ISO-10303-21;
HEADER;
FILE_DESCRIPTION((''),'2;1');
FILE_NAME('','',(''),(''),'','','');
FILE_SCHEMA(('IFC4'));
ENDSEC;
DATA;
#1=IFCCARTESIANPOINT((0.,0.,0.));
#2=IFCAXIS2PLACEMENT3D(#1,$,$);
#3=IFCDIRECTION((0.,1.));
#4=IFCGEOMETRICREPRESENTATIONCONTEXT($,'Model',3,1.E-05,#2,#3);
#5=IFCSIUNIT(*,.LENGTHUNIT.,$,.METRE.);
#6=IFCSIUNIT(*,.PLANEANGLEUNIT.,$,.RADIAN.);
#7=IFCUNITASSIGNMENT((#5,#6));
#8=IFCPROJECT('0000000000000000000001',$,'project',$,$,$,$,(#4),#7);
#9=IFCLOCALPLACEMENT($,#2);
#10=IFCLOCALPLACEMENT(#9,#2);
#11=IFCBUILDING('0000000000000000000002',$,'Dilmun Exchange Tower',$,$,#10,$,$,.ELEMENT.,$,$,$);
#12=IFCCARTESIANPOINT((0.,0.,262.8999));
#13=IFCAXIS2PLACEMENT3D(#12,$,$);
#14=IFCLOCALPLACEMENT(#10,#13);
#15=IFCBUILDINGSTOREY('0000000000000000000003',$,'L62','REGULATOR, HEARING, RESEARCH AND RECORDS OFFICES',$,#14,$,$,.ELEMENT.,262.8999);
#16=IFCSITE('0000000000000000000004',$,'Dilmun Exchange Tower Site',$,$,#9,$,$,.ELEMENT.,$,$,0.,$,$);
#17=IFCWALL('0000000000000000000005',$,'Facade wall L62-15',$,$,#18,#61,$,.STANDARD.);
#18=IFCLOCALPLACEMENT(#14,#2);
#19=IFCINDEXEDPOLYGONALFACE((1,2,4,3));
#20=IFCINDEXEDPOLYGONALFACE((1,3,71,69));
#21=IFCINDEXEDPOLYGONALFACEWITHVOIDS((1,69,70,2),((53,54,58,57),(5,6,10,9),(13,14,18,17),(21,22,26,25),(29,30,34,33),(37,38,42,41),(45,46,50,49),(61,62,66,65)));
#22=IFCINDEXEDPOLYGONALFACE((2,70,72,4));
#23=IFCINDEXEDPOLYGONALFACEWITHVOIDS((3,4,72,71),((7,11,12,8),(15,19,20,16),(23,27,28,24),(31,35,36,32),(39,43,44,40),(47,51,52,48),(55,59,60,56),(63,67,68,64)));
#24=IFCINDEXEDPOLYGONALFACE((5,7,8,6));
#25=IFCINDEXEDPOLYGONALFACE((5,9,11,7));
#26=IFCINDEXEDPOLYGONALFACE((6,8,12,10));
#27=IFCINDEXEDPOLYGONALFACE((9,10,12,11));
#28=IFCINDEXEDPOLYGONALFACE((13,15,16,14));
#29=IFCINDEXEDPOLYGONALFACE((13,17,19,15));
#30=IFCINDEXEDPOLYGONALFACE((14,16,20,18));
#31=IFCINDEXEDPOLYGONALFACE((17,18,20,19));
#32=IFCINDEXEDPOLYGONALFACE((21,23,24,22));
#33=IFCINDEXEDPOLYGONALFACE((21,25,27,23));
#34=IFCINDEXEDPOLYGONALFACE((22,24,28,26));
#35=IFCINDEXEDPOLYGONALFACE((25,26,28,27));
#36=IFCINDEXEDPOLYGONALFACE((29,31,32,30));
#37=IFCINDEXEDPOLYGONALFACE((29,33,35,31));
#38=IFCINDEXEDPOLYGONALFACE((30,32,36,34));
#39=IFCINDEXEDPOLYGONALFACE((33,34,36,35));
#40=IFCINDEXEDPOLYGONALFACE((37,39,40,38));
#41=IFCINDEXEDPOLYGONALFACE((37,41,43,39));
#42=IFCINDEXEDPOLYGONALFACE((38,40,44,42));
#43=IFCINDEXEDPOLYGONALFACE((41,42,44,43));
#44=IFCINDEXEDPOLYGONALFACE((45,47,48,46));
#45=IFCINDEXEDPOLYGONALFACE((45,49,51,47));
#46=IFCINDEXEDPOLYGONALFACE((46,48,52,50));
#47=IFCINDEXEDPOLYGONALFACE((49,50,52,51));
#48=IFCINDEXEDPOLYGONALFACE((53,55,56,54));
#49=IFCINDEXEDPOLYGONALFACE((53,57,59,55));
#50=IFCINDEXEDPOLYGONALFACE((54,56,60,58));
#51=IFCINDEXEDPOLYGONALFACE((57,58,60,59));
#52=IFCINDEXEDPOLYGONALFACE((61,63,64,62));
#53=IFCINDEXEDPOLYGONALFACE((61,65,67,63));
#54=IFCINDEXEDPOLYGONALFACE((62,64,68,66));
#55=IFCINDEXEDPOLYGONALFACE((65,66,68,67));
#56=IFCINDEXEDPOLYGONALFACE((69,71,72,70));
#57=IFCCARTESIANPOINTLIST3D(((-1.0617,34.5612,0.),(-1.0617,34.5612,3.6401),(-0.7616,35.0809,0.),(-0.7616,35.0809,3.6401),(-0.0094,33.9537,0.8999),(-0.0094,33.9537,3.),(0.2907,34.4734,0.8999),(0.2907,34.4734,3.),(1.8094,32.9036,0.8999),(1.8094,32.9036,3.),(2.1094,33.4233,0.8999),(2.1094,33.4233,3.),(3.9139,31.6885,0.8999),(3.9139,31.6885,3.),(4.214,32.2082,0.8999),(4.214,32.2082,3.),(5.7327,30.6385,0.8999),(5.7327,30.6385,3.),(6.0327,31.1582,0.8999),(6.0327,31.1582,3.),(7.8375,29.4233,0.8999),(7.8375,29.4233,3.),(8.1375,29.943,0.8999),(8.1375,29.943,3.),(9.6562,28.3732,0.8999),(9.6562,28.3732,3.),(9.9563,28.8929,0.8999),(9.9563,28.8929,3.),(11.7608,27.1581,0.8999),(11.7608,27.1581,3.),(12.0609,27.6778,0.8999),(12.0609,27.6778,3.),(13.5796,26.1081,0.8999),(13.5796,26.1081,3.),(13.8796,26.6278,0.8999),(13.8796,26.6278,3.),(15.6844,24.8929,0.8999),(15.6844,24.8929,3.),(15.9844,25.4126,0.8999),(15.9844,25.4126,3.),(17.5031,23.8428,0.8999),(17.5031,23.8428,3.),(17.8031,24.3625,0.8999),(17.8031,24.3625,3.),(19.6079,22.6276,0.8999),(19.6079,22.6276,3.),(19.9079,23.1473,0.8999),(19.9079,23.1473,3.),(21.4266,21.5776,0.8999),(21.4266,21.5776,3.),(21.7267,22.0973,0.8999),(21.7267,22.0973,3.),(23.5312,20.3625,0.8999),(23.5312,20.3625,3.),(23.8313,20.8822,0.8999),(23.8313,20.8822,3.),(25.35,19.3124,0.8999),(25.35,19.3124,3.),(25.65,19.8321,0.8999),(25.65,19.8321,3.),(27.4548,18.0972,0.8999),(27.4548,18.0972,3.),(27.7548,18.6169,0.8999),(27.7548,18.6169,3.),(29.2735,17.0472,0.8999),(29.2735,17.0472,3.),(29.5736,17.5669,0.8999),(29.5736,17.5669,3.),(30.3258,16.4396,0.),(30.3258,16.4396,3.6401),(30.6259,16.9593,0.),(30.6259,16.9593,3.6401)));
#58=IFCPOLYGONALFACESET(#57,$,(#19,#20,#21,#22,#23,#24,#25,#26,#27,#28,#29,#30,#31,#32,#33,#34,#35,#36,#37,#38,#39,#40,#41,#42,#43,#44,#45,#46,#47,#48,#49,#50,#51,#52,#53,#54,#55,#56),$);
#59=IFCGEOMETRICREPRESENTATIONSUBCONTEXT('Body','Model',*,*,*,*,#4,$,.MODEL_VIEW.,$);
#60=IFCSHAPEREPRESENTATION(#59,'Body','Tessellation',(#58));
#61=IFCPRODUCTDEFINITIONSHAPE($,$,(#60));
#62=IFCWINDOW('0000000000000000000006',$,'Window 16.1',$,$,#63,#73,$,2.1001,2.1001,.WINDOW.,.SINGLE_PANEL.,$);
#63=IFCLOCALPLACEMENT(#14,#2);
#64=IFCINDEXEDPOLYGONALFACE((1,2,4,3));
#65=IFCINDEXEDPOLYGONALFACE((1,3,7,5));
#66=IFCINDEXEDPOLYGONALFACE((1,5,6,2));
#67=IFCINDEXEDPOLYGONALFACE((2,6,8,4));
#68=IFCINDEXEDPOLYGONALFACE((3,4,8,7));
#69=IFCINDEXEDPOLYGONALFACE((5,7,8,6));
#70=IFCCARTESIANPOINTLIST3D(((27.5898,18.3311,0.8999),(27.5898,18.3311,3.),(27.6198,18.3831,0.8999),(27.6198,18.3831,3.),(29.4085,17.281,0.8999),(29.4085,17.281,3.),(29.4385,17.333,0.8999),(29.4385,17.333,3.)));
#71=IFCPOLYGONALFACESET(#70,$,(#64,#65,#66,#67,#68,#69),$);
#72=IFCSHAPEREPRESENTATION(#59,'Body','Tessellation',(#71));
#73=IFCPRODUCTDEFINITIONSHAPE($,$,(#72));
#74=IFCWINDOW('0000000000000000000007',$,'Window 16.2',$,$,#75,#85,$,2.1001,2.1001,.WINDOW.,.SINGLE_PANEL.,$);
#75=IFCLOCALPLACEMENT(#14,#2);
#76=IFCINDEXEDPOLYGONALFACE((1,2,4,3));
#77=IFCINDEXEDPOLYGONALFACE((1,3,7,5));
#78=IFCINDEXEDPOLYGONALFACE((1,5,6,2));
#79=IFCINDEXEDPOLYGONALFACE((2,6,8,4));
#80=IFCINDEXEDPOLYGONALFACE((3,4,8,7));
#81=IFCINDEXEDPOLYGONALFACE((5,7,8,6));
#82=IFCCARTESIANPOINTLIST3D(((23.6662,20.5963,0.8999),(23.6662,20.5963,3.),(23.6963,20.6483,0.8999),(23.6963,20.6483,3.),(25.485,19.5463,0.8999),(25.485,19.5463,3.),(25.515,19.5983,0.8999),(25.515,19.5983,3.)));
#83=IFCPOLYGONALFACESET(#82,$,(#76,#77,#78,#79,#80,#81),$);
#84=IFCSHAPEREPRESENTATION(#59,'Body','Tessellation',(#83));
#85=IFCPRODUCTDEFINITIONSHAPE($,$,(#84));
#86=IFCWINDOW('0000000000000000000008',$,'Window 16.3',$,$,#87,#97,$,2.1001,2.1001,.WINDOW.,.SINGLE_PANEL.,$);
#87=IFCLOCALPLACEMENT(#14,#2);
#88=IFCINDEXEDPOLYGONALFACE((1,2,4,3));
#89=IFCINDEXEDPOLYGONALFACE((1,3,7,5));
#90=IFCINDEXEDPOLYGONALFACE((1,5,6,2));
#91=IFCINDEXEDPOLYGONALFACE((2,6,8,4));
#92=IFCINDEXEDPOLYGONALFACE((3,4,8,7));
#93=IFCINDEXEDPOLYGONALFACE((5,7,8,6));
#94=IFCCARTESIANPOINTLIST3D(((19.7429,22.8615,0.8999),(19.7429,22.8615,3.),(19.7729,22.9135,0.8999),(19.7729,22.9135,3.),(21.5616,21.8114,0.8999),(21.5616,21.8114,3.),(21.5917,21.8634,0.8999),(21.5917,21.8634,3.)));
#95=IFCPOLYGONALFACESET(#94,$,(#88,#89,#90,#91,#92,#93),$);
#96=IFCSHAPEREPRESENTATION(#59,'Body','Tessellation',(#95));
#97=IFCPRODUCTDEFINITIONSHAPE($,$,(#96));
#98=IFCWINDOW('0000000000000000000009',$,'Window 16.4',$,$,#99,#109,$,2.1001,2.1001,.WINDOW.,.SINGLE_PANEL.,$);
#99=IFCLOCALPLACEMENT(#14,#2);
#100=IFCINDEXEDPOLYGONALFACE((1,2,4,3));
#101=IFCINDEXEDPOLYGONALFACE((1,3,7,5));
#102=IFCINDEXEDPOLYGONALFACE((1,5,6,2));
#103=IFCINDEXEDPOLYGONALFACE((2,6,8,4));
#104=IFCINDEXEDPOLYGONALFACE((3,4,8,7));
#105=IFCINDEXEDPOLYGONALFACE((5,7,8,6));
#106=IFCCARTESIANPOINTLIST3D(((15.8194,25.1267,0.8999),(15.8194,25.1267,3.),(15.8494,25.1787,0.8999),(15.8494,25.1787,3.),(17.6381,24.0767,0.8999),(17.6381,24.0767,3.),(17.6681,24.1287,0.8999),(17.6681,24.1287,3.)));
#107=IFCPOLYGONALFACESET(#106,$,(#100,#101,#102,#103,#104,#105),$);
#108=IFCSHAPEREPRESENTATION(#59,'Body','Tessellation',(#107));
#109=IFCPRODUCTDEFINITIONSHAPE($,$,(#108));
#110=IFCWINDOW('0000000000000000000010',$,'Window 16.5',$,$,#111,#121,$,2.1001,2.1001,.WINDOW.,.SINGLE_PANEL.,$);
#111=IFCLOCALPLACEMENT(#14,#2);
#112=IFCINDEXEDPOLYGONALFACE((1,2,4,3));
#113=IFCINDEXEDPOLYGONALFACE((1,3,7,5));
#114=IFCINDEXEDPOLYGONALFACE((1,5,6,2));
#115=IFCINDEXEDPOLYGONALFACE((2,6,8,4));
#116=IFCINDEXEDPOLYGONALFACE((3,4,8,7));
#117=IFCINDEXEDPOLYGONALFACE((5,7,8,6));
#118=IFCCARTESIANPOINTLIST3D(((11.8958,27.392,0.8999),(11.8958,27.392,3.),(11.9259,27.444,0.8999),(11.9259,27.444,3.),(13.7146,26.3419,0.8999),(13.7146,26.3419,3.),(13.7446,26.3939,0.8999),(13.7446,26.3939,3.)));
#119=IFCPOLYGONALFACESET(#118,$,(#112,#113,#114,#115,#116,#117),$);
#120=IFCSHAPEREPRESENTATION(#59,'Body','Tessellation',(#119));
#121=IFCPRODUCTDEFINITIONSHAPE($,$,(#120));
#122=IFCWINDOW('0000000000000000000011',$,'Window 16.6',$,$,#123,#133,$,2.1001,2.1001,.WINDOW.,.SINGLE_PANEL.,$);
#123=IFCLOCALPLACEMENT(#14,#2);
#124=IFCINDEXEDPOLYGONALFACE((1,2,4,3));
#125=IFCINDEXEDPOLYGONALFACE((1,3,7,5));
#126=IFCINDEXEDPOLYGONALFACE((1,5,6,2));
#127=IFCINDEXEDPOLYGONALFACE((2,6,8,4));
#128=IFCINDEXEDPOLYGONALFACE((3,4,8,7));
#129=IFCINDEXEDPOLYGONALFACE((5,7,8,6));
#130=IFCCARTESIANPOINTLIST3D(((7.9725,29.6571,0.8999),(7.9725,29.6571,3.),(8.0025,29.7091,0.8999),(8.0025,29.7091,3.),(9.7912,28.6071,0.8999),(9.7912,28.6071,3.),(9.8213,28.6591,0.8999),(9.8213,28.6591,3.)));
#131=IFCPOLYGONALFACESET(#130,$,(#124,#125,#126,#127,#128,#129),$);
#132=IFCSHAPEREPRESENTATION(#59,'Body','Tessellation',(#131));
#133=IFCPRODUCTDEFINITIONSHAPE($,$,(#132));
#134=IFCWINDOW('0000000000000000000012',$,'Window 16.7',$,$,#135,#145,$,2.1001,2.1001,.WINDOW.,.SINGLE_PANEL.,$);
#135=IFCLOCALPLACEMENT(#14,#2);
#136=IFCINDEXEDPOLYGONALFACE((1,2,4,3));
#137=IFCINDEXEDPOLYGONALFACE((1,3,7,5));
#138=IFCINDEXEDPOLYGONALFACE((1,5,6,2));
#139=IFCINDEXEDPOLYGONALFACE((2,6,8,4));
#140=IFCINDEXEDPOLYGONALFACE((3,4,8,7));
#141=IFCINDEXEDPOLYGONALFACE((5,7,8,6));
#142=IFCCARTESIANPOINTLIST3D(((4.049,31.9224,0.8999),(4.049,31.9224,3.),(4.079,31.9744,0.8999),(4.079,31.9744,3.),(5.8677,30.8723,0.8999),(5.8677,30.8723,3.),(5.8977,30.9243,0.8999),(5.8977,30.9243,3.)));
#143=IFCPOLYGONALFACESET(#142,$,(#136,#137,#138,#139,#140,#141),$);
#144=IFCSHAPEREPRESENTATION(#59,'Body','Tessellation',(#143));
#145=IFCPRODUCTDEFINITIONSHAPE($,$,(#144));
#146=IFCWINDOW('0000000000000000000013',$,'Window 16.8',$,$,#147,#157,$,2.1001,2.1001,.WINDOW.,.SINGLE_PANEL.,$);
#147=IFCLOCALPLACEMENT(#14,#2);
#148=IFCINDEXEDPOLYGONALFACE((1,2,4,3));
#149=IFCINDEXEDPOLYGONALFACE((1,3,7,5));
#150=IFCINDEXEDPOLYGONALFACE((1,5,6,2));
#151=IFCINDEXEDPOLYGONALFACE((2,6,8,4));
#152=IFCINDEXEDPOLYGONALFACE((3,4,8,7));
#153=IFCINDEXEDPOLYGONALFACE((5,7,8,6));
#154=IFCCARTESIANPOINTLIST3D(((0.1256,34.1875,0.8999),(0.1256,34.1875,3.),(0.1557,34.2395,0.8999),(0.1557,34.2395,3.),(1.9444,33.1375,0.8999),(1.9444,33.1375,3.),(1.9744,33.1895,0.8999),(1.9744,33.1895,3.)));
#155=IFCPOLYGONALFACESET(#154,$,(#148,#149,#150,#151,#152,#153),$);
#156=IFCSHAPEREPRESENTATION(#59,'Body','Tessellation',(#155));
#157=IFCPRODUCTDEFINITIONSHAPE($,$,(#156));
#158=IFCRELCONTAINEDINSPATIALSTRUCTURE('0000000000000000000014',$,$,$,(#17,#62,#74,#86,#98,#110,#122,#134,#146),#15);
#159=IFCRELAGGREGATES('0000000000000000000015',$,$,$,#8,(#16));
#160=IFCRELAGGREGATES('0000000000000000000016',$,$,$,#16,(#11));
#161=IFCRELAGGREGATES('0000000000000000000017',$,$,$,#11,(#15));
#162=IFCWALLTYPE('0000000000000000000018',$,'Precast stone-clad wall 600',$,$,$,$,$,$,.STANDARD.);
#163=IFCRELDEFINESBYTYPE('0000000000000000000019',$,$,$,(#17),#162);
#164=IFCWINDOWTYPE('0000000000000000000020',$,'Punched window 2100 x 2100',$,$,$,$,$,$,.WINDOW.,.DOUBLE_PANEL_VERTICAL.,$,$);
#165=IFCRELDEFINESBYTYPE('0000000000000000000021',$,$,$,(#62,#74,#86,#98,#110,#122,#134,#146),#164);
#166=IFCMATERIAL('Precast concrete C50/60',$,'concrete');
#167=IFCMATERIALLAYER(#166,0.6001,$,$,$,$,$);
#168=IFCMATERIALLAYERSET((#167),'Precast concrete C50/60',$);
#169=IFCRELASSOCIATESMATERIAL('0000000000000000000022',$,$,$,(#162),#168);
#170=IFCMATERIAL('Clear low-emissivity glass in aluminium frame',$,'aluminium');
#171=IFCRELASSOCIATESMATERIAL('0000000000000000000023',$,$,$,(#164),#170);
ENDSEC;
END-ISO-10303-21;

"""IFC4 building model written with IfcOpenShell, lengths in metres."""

from ifc_helpers import new_model, si_unit, direction, frame, frame_2d, origin, place, context, subcontext, project, spatial, rectangle, extrude, material, layer, layer_set, type_object, element, fill, save


model = new_model("IFC4")

# Units and contexts
model_context = context("Model", 3, precision=1e-05, world=origin(), true_north=direction((0.0, 1.0)))
body_context = subcontext(model_context, "Body", "Model", "MODEL_VIEW")
ifc_project = project(units=[si_unit("LENGTHUNIT", "METRE"), si_unit("PLANEANGLEUNIT", "RADIAN")], contexts=[model_context])

# Site, building, storey
site_placement = place(None, origin())
site = spatial("IfcSite", under=ifc_project, at=site_placement, Name="Dilmun Exchange Tower Site", CompositionType="ELEMENT", RefElevation=0.0)
building_placement = place(site_placement, origin())
building = spatial("IfcBuilding", under=site, at=building_placement, Name="Dilmun Exchange Tower", CompositionType="ELEMENT")
storey_placement = place(building_placement, frame((0.0, 0.0, 262.8999)))
storey = spatial("IfcBuildingStorey", under=building, at=storey_placement, Name="L62", Description="REGULATOR, HEARING, RESEARCH AND RECORDS OFFICES", CompositionType="ELEMENT", Elevation=262.8999)

# Shared definitions
ifc_material_1 = material(Name="Precast concrete C50/60", Category="concrete")
ifc_layer_1 = layer(ifc_material_1, 0.6001)
ifc_layer_set_1 = layer_set([ifc_layer_1], Name="Precast concrete C50/60")
wall_type_1 = type_object("IfcWallType", Name="Precast stone-clad wall 600", PredefinedType="STANDARD", material=ifc_layer_set_1)
ifc_material_2 = material(Name="Clear low-emissivity glass in aluminium frame", Category="aluminium")

# Wall, openings, windows
wall_1_placement = place(storey_placement, frame((30.4758, 16.6995, 0.0), z_axis=(0.0, 0.0, 1.0), x_axis=(-0.866025, 0.500001, 0.0)))
wall_1 = element("IfcWall", 1, at=wall_1_placement, inside=storey, type_object=wall_type_1, Name="Facade wall L62-15", PredefinedType="STANDARD", context=body_context, shape_type="SweptSolid", body=[
    extrude(rectangle(XDim=36.2432, YDim=0.6001, at=frame_2d((18.1216, 0.0))), origin(), (0.0, 0.0, 1.0), 3.6401),
])
opening_1_placement = place(wall_1_placement, frame((1.2151, 0.0, 0.8999)))
opening_1 = element("IfcOpeningElement", 2, at=opening_1_placement, cuts=wall_1, PredefinedType="OPENING", context=body_context, shape_type="SweptSolid", body=[
    extrude(rectangle(XDim=2.1001, YDim=2.1001, at=frame_2d((1.05, 1.05))), frame((0.0, 0.3101, 0.0), z_axis=(0.0, -1.0, 0.0), x_axis=(1.0, 0.0, 0.0)), (0.0, 0.0, 1.0), 0.6201),
])
opening_2_placement = place(wall_1_placement, frame((5.7456, 0.0, 0.8999)))
opening_2 = element("IfcOpeningElement", 3, at=opening_2_placement, cuts=wall_1, PredefinedType="OPENING", context=body_context, shape_type="SweptSolid", body=[
    extrude(rectangle(XDim=2.1001, YDim=2.1001, at=frame_2d((1.05, 1.05))), frame((0.0, 0.3101, 0.0), z_axis=(0.0, -1.0, 0.0), x_axis=(1.0, 0.0, 0.0)), (0.0, 0.0, 1.0), 0.6201),
])
opening_3_placement = place(wall_1_placement, frame((10.2759, 0.0, 0.8999)))
opening_3 = element("IfcOpeningElement", 4, at=opening_3_placement, cuts=wall_1, PredefinedType="OPENING", context=body_context, shape_type="SweptSolid", body=[
    extrude(rectangle(XDim=2.1001, YDim=2.1001, at=frame_2d((1.05, 1.05))), frame((0.0, 0.3101, 0.0), z_axis=(0.0, -1.0, 0.0), x_axis=(1.0, 0.0, 0.0)), (0.0, 0.0, 1.0), 0.6201),
])
opening_4_placement = place(wall_1_placement, frame((14.8064, 0.0, 0.8999)))
opening_4 = element("IfcOpeningElement", 5, at=opening_4_placement, cuts=wall_1, PredefinedType="OPENING", context=body_context, shape_type="SweptSolid", body=[
    extrude(rectangle(XDim=2.1001, YDim=2.1001, at=frame_2d((1.05, 1.05))), frame((0.0, 0.3101, 0.0), z_axis=(0.0, -1.0, 0.0), x_axis=(1.0, 0.0, 0.0)), (0.0, 0.0, 1.0), 0.6201),
])
opening_5_placement = place(wall_1_placement, frame((19.3369, 0.0, 0.8999)))
opening_5 = element("IfcOpeningElement", 6, at=opening_5_placement, cuts=wall_1, PredefinedType="OPENING", context=body_context, shape_type="SweptSolid", body=[
    extrude(rectangle(XDim=2.1001, YDim=2.1001, at=frame_2d((1.05, 1.05))), frame((0.0, 0.3101, 0.0), z_axis=(0.0, -1.0, 0.0), x_axis=(1.0, 0.0, 0.0)), (0.0, 0.0, 1.0), 0.6201),
])
opening_6_placement = place(wall_1_placement, frame((23.8672, 0.0, 0.8999)))
opening_6 = element("IfcOpeningElement", 7, at=opening_6_placement, cuts=wall_1, PredefinedType="OPENING", context=body_context, shape_type="SweptSolid", body=[
    extrude(rectangle(XDim=2.1001, YDim=2.1001, at=frame_2d((1.05, 1.05))), frame((0.0, 0.3101, 0.0), z_axis=(0.0, -1.0, 0.0), x_axis=(1.0, 0.0, 0.0)), (0.0, 0.0, 1.0), 0.6201),
])
opening_7_placement = place(wall_1_placement, frame((28.3977, 0.0, 0.8999)))
opening_7 = element("IfcOpeningElement", 8, at=opening_7_placement, cuts=wall_1, PredefinedType="OPENING", context=body_context, shape_type="SweptSolid", body=[
    extrude(rectangle(XDim=2.1001, YDim=2.1001, at=frame_2d((1.05, 1.05))), frame((0.0, 0.3101, 0.0), z_axis=(0.0, -1.0, 0.0), x_axis=(1.0, 0.0, 0.0)), (0.0, 0.0, 1.0), 0.6201),
])
opening_8_placement = place(wall_1_placement, frame((32.928, 0.0, 0.8999)))
opening_8 = element("IfcOpeningElement", 9, at=opening_8_placement, cuts=wall_1, PredefinedType="OPENING", context=body_context, shape_type="SweptSolid", body=[
    extrude(rectangle(XDim=2.1001, YDim=2.1001, at=frame_2d((1.05, 1.05))), frame((0.0, 0.3101, 0.0), z_axis=(0.0, -1.0, 0.0), x_axis=(1.0, 0.0, 0.0)), (0.0, 0.0, 1.0), 0.6201),
])
window_type_1 = type_object("IfcWindowType", Name="Punched window 2100 x 2100", PartitioningType="DOUBLE_PANEL_VERTICAL", PredefinedType="WINDOW", material=ifc_material_2)
window_1_placement = place(opening_1_placement, origin())
window_1 = element("IfcWindow", 10, at=window_1_placement, inside=storey, type_object=window_type_1, Name="Window 16.1", OverallHeight=2.1001, OverallWidth=2.1001, PartitioningType="SINGLE_PANEL", PredefinedType="WINDOW", context=body_context, shape_type="SweptSolid", body=[
    extrude(rectangle(XDim=2.1001, YDim=2.1001, at=frame_2d((1.05, 1.05))), frame((0.0, 0.03, 0.0), z_axis=(0.0, -1.0, 0.0), x_axis=(1.0, 0.0, 0.0)), (0.0, 0.0, 1.0), 0.0601),
])
fill(opening_1, window_1)
window_2_placement = place(opening_2_placement, origin())
window_2 = element("IfcWindow", 11, at=window_2_placement, inside=storey, type_object=window_type_1, Name="Window 16.2", OverallHeight=2.1001, OverallWidth=2.1001, PartitioningType="SINGLE_PANEL", PredefinedType="WINDOW", context=body_context, shape_type="SweptSolid", body=[
    extrude(rectangle(XDim=2.1001, YDim=2.1001, at=frame_2d((1.05, 1.05))), frame((0.0, 0.03, 0.0), z_axis=(0.0, -1.0, 0.0), x_axis=(1.0, 0.0, 0.0)), (0.0, 0.0, 1.0), 0.0601),
])
fill(opening_2, window_2)
window_3_placement = place(opening_3_placement, origin())
window_3 = element("IfcWindow", 12, at=window_3_placement, inside=storey, type_object=window_type_1, Name="Window 16.3", OverallHeight=2.1001, OverallWidth=2.1001, PartitioningType="SINGLE_PANEL", PredefinedType="WINDOW", context=body_context, shape_type="SweptSolid", body=[
    extrude(rectangle(XDim=2.1001, YDim=2.1001, at=frame_2d((1.05, 1.05))), frame((0.0, 0.03, 0.0), z_axis=(0.0, -1.0, 0.0), x_axis=(1.0, 0.0, 0.0)), (0.0, 0.0, 1.0), 0.0601),
])
fill(opening_3, window_3)
window_4_placement = place(opening_4_placement, origin())
window_4 = element("IfcWindow", 13, at=window_4_placement, inside=storey, type_object=window_type_1, Name="Window 16.4", OverallHeight=2.1001, OverallWidth=2.1001, PartitioningType="SINGLE_PANEL", PredefinedType="WINDOW", context=body_context, shape_type="SweptSolid", body=[
    extrude(rectangle(XDim=2.1001, YDim=2.1001, at=frame_2d((1.05, 1.05))), frame((0.0, 0.03, 0.0), z_axis=(0.0, -1.0, 0.0), x_axis=(1.0, 0.0, 0.0)), (0.0, 0.0, 1.0), 0.0601),
])
fill(opening_4, window_4)
window_5_placement = place(opening_5_placement, origin())
window_5 = element("IfcWindow", 14, at=window_5_placement, inside=storey, type_object=window_type_1, Name="Window 16.5", OverallHeight=2.1001, OverallWidth=2.1001, PartitioningType="SINGLE_PANEL", PredefinedType="WINDOW", context=body_context, shape_type="SweptSolid", body=[
    extrude(rectangle(XDim=2.1001, YDim=2.1001, at=frame_2d((1.05, 1.05))), frame((0.0, 0.03, 0.0), z_axis=(0.0, -1.0, 0.0), x_axis=(1.0, 0.0, 0.0)), (0.0, 0.0, 1.0), 0.0601),
])
fill(opening_5, window_5)
window_6_placement = place(opening_6_placement, origin())
window_6 = element("IfcWindow", 15, at=window_6_placement, inside=storey, type_object=window_type_1, Name="Window 16.6", OverallHeight=2.1001, OverallWidth=2.1001, PartitioningType="SINGLE_PANEL", PredefinedType="WINDOW", context=body_context, shape_type="SweptSolid", body=[
    extrude(rectangle(XDim=2.1001, YDim=2.1001, at=frame_2d((1.05, 1.05))), frame((0.0, 0.03, 0.0), z_axis=(0.0, -1.0, 0.0), x_axis=(1.0, 0.0, 0.0)), (0.0, 0.0, 1.0), 0.0601),
])
fill(opening_6, window_6)
window_7_placement = place(opening_7_placement, origin())
window_7 = element("IfcWindow", 16, at=window_7_placement, inside=storey, type_object=window_type_1, Name="Window 16.7", OverallHeight=2.1001, OverallWidth=2.1001, PartitioningType="SINGLE_PANEL", PredefinedType="WINDOW", context=body_context, shape_type="SweptSolid", body=[
    extrude(rectangle(XDim=2.1001, YDim=2.1001, at=frame_2d((1.05, 1.05))), frame((0.0, 0.03, 0.0), z_axis=(0.0, -1.0, 0.0), x_axis=(1.0, 0.0, 0.0)), (0.0, 0.0, 1.0), 0.0601),
])
fill(opening_7, window_7)
window_8_placement = place(opening_8_placement, origin())
window_8 = element("IfcWindow", 17, at=window_8_placement, inside=storey, type_object=window_type_1, Name="Window 16.8", OverallHeight=2.1001, OverallWidth=2.1001, PartitioningType="SINGLE_PANEL", PredefinedType="WINDOW", context=body_context, shape_type="SweptSolid", body=[
    extrude(rectangle(XDim=2.1001, YDim=2.1001, at=frame_2d((1.05, 1.05))), frame((0.0, 0.03, 0.0), z_axis=(0.0, -1.0, 0.0), x_axis=(1.0, 0.0, 0.0)), (0.0, 0.0, 1.0), 0.0601),
])
fill(opening_8, window_8)

save(model, "model.ifc")
